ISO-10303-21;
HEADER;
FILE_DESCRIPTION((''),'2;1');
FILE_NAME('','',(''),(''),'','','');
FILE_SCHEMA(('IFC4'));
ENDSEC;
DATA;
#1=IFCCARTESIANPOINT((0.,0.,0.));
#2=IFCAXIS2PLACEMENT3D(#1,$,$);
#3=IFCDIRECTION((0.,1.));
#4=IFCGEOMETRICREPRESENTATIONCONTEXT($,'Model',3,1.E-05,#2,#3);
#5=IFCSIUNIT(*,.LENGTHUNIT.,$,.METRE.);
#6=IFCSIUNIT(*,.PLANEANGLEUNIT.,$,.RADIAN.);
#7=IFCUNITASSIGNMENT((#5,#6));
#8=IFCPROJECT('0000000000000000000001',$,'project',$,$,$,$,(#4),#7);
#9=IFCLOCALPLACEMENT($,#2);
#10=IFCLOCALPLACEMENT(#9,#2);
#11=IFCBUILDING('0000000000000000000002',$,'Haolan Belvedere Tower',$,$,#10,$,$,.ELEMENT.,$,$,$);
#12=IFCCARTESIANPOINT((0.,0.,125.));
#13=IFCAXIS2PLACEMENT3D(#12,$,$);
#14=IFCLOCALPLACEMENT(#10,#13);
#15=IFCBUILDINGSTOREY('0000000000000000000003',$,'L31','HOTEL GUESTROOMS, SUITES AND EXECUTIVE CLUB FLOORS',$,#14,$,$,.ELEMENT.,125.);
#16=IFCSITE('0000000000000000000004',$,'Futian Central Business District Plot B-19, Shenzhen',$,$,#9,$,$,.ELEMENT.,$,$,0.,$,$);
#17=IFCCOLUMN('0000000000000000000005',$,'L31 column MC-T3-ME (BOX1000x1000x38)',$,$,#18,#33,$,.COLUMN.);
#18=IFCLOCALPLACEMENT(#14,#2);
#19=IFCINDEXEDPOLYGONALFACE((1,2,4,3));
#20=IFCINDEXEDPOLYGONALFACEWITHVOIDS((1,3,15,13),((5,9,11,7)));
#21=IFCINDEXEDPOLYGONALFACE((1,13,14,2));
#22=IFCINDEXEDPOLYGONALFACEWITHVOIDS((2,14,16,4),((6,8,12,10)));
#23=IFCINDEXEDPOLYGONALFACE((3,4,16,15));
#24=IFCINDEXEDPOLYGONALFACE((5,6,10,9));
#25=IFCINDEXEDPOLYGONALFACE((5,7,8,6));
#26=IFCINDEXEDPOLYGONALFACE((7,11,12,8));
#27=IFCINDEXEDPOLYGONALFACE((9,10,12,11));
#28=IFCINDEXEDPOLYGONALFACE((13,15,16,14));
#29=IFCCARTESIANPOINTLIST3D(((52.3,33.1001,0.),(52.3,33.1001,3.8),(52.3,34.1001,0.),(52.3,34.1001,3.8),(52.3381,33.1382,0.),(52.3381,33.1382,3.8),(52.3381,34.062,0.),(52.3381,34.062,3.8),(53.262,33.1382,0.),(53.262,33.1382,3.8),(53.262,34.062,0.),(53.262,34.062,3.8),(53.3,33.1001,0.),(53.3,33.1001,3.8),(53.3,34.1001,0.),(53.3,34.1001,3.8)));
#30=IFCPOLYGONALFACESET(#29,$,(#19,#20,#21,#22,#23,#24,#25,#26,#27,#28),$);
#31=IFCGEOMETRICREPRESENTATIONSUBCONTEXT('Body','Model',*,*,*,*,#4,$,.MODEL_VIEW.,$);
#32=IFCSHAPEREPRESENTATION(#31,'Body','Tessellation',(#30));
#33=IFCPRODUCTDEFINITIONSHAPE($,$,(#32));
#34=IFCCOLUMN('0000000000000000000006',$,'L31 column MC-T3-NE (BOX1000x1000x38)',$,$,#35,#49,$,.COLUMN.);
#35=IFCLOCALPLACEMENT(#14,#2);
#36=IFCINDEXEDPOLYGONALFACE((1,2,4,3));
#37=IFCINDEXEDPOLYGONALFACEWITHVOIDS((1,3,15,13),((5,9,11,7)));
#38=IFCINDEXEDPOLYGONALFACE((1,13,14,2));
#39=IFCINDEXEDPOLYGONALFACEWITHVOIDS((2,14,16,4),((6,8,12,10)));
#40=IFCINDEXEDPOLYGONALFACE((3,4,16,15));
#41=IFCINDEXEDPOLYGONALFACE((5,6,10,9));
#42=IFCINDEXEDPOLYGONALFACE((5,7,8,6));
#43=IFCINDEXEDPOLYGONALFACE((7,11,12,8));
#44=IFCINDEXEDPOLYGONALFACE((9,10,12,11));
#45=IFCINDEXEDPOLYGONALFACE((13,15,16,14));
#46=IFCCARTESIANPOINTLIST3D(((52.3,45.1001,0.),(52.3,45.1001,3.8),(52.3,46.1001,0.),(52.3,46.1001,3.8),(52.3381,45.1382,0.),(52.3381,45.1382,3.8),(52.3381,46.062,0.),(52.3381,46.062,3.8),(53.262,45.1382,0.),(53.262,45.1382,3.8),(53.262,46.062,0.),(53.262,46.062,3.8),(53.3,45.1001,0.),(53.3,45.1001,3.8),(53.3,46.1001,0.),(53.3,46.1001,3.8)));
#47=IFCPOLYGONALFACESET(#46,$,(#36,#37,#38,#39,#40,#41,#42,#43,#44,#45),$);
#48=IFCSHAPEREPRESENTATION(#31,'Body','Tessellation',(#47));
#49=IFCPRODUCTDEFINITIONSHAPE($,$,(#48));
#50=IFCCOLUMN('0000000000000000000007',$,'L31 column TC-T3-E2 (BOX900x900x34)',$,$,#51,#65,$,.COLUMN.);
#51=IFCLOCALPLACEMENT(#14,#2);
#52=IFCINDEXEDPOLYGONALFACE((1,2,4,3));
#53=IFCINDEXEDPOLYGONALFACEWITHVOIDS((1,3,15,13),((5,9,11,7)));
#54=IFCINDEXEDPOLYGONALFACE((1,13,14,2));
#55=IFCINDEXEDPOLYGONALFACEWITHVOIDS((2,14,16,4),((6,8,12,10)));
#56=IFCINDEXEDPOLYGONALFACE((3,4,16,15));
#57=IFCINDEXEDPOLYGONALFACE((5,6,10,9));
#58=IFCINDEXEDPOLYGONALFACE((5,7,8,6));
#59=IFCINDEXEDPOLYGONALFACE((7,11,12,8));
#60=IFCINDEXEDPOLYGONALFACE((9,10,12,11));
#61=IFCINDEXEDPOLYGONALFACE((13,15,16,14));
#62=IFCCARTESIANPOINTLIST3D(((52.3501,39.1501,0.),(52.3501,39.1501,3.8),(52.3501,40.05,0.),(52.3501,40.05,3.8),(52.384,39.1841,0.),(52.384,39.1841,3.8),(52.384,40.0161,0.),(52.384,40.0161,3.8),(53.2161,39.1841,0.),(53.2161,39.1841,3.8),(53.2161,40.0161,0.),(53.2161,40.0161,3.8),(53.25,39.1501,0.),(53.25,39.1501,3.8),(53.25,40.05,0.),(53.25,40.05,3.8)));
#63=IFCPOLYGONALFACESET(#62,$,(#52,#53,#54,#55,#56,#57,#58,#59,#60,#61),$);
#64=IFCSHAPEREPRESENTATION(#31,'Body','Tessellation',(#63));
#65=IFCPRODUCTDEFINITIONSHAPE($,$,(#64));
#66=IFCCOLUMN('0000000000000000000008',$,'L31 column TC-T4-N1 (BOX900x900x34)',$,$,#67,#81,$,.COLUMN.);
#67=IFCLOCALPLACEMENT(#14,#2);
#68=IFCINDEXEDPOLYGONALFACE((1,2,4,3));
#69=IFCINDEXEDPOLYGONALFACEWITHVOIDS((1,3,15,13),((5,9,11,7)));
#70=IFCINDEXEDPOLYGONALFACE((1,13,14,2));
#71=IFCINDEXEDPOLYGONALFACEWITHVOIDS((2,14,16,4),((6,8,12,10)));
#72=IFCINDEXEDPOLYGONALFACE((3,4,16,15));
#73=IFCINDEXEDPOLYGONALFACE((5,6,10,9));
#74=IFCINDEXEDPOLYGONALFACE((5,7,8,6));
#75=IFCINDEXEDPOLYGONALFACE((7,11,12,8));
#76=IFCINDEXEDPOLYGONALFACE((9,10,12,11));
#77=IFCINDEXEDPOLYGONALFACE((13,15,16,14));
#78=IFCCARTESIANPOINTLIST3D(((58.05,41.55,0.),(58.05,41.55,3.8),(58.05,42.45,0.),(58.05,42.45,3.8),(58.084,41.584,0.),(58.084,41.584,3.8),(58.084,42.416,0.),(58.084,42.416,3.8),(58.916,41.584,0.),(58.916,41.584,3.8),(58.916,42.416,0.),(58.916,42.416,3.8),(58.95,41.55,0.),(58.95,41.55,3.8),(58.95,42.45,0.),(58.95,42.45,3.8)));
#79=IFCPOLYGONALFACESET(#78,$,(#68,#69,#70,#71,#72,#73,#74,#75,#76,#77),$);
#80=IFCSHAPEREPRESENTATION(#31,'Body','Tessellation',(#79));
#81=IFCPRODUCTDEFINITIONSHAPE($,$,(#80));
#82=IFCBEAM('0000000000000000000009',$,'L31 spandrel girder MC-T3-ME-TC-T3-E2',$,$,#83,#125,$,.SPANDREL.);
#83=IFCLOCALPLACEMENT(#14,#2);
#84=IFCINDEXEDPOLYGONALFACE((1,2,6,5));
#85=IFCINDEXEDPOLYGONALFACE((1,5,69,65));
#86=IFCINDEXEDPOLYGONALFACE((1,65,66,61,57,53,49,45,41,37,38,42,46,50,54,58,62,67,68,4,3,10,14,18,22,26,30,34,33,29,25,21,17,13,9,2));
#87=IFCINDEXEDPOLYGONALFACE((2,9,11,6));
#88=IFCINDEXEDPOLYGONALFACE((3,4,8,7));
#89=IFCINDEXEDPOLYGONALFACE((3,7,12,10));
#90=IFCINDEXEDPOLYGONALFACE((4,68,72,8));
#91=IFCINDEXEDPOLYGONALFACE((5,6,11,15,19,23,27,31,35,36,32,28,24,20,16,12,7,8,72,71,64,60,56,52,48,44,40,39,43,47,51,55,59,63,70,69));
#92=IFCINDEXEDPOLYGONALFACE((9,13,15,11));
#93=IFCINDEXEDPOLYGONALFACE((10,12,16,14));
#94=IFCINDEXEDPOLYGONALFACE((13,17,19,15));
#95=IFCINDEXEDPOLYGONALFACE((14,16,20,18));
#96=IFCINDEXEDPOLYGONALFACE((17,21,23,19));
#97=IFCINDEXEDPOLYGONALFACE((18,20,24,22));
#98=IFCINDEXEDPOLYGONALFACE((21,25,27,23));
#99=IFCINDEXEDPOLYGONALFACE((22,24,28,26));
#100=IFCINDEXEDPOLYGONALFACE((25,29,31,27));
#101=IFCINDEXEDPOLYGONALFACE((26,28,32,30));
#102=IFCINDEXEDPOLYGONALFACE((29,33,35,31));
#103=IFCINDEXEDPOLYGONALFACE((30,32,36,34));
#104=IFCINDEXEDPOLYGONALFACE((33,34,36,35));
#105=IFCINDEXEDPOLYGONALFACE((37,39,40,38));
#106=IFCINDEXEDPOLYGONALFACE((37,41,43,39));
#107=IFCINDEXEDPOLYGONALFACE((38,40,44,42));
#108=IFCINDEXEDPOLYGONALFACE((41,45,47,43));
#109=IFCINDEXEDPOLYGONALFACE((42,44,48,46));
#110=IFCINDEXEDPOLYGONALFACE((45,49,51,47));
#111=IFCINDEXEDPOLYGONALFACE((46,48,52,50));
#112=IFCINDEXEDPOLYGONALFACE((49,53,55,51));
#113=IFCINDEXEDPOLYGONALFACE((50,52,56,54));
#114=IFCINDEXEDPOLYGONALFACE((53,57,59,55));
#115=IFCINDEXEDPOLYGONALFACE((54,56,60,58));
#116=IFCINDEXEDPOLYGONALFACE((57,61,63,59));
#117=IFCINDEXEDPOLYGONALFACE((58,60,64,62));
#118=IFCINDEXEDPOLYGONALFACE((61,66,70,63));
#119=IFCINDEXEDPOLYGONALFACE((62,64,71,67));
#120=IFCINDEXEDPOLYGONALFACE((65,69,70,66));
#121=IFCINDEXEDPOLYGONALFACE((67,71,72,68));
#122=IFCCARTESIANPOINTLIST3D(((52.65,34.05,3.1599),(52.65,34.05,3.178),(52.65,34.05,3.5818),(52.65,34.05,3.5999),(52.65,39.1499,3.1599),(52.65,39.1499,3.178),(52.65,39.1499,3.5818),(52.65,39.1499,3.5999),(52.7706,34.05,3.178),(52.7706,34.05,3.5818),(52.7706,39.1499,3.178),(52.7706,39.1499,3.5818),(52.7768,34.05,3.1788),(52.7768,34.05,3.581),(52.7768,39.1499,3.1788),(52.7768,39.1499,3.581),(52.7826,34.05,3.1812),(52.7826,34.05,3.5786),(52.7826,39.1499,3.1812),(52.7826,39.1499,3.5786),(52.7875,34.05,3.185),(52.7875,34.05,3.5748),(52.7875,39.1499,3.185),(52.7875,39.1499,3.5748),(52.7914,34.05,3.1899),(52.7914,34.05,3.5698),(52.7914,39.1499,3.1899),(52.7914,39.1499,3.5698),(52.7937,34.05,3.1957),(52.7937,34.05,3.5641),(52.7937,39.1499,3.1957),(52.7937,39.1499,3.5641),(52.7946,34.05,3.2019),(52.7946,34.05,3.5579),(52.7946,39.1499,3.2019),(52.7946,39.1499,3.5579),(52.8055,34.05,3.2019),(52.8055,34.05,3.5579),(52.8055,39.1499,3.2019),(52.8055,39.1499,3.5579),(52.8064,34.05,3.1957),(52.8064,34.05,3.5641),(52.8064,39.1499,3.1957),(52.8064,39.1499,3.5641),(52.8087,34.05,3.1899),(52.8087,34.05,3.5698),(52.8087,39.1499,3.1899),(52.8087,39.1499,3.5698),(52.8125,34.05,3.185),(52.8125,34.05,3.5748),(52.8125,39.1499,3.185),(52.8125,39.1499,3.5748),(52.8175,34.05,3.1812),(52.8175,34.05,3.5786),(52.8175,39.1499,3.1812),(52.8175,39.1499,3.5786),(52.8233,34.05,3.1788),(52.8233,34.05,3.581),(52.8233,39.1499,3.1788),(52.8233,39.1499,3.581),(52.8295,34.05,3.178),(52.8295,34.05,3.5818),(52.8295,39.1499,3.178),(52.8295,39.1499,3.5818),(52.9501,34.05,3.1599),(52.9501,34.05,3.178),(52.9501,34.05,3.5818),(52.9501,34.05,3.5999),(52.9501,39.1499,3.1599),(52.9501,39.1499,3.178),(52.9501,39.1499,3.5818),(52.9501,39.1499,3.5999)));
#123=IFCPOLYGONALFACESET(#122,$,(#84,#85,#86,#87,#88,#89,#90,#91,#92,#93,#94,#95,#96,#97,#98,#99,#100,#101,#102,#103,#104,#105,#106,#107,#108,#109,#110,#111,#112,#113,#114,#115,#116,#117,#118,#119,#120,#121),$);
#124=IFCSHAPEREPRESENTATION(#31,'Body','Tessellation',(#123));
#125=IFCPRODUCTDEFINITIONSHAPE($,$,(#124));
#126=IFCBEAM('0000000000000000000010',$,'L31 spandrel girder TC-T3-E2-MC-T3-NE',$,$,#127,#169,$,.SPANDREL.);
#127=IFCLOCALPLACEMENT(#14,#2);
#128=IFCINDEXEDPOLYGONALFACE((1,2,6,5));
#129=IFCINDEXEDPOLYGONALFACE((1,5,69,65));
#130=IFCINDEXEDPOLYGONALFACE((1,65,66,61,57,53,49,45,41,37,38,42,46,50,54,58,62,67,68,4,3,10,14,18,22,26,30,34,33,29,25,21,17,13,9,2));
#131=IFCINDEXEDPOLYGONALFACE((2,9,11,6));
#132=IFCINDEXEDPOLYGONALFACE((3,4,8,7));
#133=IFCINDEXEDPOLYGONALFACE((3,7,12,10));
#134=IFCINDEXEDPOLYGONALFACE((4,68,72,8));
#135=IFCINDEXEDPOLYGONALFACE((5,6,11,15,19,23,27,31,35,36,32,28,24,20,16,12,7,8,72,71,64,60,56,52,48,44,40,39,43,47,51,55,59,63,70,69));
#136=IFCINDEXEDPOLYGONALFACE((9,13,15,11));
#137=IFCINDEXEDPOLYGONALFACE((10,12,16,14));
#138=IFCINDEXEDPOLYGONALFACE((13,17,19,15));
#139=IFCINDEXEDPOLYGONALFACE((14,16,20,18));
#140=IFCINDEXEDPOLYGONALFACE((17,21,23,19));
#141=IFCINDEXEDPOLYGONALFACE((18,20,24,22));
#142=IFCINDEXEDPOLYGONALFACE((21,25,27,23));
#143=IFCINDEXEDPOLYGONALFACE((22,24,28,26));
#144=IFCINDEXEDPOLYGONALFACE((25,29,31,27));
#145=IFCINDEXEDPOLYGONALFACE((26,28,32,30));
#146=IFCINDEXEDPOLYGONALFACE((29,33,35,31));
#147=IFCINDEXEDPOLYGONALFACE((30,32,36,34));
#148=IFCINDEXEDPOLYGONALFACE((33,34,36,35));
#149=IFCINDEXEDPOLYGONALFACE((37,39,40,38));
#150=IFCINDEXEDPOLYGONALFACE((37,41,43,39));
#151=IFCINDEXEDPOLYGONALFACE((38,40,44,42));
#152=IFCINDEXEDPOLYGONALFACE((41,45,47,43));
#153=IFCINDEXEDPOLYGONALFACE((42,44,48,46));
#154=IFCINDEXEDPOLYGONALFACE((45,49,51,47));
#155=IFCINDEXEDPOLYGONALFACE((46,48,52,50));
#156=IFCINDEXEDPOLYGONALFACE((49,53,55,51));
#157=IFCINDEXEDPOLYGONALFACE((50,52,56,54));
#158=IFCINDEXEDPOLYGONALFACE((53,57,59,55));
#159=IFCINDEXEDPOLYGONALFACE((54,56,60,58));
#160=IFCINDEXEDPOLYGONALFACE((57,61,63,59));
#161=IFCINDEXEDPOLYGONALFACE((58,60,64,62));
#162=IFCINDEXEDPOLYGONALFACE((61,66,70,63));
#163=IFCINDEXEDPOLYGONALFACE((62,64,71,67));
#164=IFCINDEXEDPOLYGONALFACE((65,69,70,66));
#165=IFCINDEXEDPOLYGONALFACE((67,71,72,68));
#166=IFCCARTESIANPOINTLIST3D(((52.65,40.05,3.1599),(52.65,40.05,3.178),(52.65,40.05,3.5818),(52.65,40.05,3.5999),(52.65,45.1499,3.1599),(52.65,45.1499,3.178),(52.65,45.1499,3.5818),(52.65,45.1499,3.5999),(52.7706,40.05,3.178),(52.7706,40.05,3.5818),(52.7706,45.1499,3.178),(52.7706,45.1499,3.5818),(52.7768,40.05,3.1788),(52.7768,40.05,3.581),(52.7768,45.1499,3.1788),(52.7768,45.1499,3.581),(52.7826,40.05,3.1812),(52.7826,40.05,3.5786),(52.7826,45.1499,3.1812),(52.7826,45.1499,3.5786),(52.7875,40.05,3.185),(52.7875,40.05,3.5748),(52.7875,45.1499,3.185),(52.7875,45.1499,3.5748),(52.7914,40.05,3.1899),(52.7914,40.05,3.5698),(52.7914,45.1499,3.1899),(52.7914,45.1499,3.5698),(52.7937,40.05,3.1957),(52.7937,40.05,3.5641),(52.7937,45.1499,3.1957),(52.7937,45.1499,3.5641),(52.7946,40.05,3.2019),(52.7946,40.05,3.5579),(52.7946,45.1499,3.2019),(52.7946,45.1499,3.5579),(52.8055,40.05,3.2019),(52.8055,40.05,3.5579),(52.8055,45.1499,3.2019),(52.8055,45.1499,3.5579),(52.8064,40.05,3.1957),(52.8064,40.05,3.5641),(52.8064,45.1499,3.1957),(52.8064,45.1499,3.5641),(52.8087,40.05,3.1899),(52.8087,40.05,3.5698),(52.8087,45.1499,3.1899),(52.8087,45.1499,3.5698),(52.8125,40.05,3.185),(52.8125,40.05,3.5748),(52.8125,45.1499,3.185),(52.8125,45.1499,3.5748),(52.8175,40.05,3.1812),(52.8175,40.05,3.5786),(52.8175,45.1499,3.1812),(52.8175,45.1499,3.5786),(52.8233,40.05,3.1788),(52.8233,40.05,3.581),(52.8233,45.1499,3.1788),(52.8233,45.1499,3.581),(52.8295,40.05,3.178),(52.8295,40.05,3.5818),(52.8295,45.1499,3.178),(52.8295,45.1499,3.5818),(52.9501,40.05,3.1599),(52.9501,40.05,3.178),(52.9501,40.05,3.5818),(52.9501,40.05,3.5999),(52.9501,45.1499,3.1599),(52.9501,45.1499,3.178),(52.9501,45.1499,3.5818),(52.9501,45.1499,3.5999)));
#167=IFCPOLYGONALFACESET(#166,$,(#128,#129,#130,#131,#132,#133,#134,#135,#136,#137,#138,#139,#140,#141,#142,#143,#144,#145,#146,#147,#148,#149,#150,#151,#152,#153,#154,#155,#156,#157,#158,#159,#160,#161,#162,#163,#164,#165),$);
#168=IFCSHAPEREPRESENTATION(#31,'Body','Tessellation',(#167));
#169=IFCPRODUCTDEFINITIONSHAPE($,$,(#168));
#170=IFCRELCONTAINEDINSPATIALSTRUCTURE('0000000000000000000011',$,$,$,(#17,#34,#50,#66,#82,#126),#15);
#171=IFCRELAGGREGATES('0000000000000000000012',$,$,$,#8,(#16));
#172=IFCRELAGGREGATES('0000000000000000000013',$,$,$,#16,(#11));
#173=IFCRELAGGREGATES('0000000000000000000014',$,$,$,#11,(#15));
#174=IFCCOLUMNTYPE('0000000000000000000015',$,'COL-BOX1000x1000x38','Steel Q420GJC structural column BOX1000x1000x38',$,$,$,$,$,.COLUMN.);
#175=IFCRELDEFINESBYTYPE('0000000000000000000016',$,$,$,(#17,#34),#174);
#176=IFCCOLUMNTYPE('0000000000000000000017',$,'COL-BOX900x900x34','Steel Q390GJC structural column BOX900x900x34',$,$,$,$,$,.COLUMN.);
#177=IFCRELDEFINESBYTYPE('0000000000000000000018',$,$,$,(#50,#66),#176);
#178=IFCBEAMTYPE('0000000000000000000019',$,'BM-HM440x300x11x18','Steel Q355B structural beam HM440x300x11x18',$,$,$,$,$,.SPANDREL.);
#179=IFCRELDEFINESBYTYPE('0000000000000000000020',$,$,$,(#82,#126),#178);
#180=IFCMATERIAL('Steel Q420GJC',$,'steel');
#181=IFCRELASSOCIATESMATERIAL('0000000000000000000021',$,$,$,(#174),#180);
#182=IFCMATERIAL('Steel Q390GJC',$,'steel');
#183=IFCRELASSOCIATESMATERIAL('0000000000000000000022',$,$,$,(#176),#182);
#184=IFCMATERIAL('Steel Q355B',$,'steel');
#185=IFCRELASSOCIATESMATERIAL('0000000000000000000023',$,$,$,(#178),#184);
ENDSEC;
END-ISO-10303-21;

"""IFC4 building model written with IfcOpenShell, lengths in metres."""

from ifc_helpers import new_model, si_unit, direction, frame, origin, origin_2d, place, context, subcontext, project, spatial, hollow_rectangle, i_section, extrude, material, material_profile, profile_set, type_object, element, save


model = new_model("IFC4")

# Units and contexts
model_context = context("Model", 3, precision=1e-05, world=origin(), true_north=direction((0.0, 1.0)))
body_context = subcontext(model_context, "Body", "Model", "MODEL_VIEW")
ifc_project = project(units=[si_unit("LENGTHUNIT", "METRE"), si_unit("PLANEANGLEUNIT", "RADIAN")], contexts=[model_context])

# Site, building, storey
site_placement = place(None, origin())
site = spatial("IfcSite", under=ifc_project, at=site_placement, Name="Futian Central Business District Plot B-19, Shenzhen", CompositionType="ELEMENT", RefElevation=0.0)
building_placement = place(site_placement, origin())
building = spatial("IfcBuilding", under=site, at=building_placement, Name="Haolan Belvedere Tower", CompositionType="ELEMENT")
storey_placement = place(building_placement, frame((0.0, 0.0, 125.0)))
storey = spatial("IfcBuildingStorey", under=building, at=storey_placement, Name="L31", Description="HOTEL GUESTROOMS, SUITES AND EXECUTIVE CLUB FLOORS", CompositionType="ELEMENT", Elevation=125.0)

# Columns
ifc_material_1 = material(Name="Steel Q420GJC", Category="steel")
ifc_material_profile_1 = material_profile(ifc_material_1, hollow_rectangle(XDim=1.0, YDim=1.0, WallThickness=0.0381, at=origin_2d()), Name="Steel Q420GJC")
ifc_profile_set_1 = profile_set([ifc_material_profile_1], Name="Steel Q420GJC")
column_type_1 = type_object("IfcColumnType", Name="COL-BOX1000x1000x38", Description="Steel Q420GJC structural column BOX1000x1000x38", PredefinedType="COLUMN", material=ifc_profile_set_1)
for number, where, z_axis, x_axis, name in (
    (1, (52.8, 33.6001, 0.0), (0.0, 0.0, 1.0), (1.0, 0.0, 0.0), "L31 column MC-T3-ME (BOX1000x1000x38)"),
    (2, (52.8, 45.6001, 0.0), (0.0, 0.0, 1.0), (1.0, 0.0, 0.0), "L31 column MC-T3-NE (BOX1000x1000x38)"),
):
    element("IfcColumn", number, at=place(storey_placement, frame(where, z_axis=z_axis, x_axis=x_axis)), inside=storey, type_object=column_type_1, Name=name, PredefinedType="COLUMN", context=body_context, shape_type="SweptSolid", body=[
        extrude(hollow_rectangle(XDim=1.0, YDim=1.0, WallThickness=0.0381, at=origin_2d()), origin(), (0.0, 0.0, 1.0), 3.8),
    ])
ifc_material_2 = material(Name="Steel Q390GJC", Category="steel")
ifc_material_profile_2 = material_profile(ifc_material_2, hollow_rectangle(XDim=0.8999, YDim=0.8999, WallThickness=0.0339, at=origin_2d()), Name="Steel Q390GJC")
ifc_profile_set_2 = profile_set([ifc_material_profile_2], Name="Steel Q390GJC")
column_type_2 = type_object("IfcColumnType", Name="COL-BOX900x900x34", Description="Steel Q390GJC structural column BOX900x900x34", PredefinedType="COLUMN", material=ifc_profile_set_2)
for number, where, z_axis, x_axis, name in (
    (3, (52.8, 39.6001, 0.0), (0.0, 0.0, 1.0), (1.0, 0.0, 0.0), "L31 column TC-T3-E2 (BOX900x900x34)"),
    (4, (58.5, 42.0, 0.0), (0.0, 0.0, 1.0), (1.0, 0.0, 0.0), "L31 column TC-T4-N1 (BOX900x900x34)"),
):
    element("IfcColumn", number, at=place(storey_placement, frame(where, z_axis=z_axis, x_axis=x_axis)), inside=storey, type_object=column_type_2, Name=name, PredefinedType="COLUMN", context=body_context, shape_type="SweptSolid", body=[
        extrude(hollow_rectangle(XDim=0.8999, YDim=0.8999, WallThickness=0.0339, at=origin_2d()), origin(), (0.0, 0.0, 1.0), 3.8),
    ])

# Beams
ifc_material_3 = material(Name="Steel Q355B", Category="steel")
ifc_material_profile_3 = material_profile(ifc_material_3, i_section(OverallWidth=0.3, OverallDepth=0.4399, WebThickness=0.011, FlangeThickness=0.0181, FilletRadius=0.0239, at=origin_2d()), Name="Steel Q355B")
ifc_profile_set_3 = profile_set([ifc_material_profile_3], Name="Steel Q355B")
beam_type_1 = type_object("IfcBeamType", Name="BM-HM440x300x11x18", Description="Steel Q355B structural beam HM440x300x11x18", PredefinedType="SPANDREL", material=ifc_profile_set_3)
for number, where, z_axis, x_axis, name in (
    (5, (52.8, 34.05, 3.3799), (0.0, 1.0, 0.0), (-1.0, 0.0, 0.0), "L31 spandrel girder MC-T3-ME-TC-T3-E2"),
    (6, (52.8, 40.05, 3.3799), (0.0, 1.0, 0.0), (-1.0, 0.0, 0.0), "L31 spandrel girder TC-T3-E2-MC-T3-NE"),
):
    element("IfcBeam", number, at=place(storey_placement, frame(where, z_axis=z_axis, x_axis=x_axis)), inside=storey, type_object=beam_type_1, Name=name, PredefinedType="SPANDREL", context=body_context, shape_type="SweptSolid", body=[
        extrude(i_section(OverallWidth=0.3, OverallDepth=0.4399, WebThickness=0.011, FlangeThickness=0.0181, FilletRadius=0.0239, at=origin_2d()), origin(), (0.0, 0.0, 1.0), 5.0999),
    ])

save(model, "model.ifc")
